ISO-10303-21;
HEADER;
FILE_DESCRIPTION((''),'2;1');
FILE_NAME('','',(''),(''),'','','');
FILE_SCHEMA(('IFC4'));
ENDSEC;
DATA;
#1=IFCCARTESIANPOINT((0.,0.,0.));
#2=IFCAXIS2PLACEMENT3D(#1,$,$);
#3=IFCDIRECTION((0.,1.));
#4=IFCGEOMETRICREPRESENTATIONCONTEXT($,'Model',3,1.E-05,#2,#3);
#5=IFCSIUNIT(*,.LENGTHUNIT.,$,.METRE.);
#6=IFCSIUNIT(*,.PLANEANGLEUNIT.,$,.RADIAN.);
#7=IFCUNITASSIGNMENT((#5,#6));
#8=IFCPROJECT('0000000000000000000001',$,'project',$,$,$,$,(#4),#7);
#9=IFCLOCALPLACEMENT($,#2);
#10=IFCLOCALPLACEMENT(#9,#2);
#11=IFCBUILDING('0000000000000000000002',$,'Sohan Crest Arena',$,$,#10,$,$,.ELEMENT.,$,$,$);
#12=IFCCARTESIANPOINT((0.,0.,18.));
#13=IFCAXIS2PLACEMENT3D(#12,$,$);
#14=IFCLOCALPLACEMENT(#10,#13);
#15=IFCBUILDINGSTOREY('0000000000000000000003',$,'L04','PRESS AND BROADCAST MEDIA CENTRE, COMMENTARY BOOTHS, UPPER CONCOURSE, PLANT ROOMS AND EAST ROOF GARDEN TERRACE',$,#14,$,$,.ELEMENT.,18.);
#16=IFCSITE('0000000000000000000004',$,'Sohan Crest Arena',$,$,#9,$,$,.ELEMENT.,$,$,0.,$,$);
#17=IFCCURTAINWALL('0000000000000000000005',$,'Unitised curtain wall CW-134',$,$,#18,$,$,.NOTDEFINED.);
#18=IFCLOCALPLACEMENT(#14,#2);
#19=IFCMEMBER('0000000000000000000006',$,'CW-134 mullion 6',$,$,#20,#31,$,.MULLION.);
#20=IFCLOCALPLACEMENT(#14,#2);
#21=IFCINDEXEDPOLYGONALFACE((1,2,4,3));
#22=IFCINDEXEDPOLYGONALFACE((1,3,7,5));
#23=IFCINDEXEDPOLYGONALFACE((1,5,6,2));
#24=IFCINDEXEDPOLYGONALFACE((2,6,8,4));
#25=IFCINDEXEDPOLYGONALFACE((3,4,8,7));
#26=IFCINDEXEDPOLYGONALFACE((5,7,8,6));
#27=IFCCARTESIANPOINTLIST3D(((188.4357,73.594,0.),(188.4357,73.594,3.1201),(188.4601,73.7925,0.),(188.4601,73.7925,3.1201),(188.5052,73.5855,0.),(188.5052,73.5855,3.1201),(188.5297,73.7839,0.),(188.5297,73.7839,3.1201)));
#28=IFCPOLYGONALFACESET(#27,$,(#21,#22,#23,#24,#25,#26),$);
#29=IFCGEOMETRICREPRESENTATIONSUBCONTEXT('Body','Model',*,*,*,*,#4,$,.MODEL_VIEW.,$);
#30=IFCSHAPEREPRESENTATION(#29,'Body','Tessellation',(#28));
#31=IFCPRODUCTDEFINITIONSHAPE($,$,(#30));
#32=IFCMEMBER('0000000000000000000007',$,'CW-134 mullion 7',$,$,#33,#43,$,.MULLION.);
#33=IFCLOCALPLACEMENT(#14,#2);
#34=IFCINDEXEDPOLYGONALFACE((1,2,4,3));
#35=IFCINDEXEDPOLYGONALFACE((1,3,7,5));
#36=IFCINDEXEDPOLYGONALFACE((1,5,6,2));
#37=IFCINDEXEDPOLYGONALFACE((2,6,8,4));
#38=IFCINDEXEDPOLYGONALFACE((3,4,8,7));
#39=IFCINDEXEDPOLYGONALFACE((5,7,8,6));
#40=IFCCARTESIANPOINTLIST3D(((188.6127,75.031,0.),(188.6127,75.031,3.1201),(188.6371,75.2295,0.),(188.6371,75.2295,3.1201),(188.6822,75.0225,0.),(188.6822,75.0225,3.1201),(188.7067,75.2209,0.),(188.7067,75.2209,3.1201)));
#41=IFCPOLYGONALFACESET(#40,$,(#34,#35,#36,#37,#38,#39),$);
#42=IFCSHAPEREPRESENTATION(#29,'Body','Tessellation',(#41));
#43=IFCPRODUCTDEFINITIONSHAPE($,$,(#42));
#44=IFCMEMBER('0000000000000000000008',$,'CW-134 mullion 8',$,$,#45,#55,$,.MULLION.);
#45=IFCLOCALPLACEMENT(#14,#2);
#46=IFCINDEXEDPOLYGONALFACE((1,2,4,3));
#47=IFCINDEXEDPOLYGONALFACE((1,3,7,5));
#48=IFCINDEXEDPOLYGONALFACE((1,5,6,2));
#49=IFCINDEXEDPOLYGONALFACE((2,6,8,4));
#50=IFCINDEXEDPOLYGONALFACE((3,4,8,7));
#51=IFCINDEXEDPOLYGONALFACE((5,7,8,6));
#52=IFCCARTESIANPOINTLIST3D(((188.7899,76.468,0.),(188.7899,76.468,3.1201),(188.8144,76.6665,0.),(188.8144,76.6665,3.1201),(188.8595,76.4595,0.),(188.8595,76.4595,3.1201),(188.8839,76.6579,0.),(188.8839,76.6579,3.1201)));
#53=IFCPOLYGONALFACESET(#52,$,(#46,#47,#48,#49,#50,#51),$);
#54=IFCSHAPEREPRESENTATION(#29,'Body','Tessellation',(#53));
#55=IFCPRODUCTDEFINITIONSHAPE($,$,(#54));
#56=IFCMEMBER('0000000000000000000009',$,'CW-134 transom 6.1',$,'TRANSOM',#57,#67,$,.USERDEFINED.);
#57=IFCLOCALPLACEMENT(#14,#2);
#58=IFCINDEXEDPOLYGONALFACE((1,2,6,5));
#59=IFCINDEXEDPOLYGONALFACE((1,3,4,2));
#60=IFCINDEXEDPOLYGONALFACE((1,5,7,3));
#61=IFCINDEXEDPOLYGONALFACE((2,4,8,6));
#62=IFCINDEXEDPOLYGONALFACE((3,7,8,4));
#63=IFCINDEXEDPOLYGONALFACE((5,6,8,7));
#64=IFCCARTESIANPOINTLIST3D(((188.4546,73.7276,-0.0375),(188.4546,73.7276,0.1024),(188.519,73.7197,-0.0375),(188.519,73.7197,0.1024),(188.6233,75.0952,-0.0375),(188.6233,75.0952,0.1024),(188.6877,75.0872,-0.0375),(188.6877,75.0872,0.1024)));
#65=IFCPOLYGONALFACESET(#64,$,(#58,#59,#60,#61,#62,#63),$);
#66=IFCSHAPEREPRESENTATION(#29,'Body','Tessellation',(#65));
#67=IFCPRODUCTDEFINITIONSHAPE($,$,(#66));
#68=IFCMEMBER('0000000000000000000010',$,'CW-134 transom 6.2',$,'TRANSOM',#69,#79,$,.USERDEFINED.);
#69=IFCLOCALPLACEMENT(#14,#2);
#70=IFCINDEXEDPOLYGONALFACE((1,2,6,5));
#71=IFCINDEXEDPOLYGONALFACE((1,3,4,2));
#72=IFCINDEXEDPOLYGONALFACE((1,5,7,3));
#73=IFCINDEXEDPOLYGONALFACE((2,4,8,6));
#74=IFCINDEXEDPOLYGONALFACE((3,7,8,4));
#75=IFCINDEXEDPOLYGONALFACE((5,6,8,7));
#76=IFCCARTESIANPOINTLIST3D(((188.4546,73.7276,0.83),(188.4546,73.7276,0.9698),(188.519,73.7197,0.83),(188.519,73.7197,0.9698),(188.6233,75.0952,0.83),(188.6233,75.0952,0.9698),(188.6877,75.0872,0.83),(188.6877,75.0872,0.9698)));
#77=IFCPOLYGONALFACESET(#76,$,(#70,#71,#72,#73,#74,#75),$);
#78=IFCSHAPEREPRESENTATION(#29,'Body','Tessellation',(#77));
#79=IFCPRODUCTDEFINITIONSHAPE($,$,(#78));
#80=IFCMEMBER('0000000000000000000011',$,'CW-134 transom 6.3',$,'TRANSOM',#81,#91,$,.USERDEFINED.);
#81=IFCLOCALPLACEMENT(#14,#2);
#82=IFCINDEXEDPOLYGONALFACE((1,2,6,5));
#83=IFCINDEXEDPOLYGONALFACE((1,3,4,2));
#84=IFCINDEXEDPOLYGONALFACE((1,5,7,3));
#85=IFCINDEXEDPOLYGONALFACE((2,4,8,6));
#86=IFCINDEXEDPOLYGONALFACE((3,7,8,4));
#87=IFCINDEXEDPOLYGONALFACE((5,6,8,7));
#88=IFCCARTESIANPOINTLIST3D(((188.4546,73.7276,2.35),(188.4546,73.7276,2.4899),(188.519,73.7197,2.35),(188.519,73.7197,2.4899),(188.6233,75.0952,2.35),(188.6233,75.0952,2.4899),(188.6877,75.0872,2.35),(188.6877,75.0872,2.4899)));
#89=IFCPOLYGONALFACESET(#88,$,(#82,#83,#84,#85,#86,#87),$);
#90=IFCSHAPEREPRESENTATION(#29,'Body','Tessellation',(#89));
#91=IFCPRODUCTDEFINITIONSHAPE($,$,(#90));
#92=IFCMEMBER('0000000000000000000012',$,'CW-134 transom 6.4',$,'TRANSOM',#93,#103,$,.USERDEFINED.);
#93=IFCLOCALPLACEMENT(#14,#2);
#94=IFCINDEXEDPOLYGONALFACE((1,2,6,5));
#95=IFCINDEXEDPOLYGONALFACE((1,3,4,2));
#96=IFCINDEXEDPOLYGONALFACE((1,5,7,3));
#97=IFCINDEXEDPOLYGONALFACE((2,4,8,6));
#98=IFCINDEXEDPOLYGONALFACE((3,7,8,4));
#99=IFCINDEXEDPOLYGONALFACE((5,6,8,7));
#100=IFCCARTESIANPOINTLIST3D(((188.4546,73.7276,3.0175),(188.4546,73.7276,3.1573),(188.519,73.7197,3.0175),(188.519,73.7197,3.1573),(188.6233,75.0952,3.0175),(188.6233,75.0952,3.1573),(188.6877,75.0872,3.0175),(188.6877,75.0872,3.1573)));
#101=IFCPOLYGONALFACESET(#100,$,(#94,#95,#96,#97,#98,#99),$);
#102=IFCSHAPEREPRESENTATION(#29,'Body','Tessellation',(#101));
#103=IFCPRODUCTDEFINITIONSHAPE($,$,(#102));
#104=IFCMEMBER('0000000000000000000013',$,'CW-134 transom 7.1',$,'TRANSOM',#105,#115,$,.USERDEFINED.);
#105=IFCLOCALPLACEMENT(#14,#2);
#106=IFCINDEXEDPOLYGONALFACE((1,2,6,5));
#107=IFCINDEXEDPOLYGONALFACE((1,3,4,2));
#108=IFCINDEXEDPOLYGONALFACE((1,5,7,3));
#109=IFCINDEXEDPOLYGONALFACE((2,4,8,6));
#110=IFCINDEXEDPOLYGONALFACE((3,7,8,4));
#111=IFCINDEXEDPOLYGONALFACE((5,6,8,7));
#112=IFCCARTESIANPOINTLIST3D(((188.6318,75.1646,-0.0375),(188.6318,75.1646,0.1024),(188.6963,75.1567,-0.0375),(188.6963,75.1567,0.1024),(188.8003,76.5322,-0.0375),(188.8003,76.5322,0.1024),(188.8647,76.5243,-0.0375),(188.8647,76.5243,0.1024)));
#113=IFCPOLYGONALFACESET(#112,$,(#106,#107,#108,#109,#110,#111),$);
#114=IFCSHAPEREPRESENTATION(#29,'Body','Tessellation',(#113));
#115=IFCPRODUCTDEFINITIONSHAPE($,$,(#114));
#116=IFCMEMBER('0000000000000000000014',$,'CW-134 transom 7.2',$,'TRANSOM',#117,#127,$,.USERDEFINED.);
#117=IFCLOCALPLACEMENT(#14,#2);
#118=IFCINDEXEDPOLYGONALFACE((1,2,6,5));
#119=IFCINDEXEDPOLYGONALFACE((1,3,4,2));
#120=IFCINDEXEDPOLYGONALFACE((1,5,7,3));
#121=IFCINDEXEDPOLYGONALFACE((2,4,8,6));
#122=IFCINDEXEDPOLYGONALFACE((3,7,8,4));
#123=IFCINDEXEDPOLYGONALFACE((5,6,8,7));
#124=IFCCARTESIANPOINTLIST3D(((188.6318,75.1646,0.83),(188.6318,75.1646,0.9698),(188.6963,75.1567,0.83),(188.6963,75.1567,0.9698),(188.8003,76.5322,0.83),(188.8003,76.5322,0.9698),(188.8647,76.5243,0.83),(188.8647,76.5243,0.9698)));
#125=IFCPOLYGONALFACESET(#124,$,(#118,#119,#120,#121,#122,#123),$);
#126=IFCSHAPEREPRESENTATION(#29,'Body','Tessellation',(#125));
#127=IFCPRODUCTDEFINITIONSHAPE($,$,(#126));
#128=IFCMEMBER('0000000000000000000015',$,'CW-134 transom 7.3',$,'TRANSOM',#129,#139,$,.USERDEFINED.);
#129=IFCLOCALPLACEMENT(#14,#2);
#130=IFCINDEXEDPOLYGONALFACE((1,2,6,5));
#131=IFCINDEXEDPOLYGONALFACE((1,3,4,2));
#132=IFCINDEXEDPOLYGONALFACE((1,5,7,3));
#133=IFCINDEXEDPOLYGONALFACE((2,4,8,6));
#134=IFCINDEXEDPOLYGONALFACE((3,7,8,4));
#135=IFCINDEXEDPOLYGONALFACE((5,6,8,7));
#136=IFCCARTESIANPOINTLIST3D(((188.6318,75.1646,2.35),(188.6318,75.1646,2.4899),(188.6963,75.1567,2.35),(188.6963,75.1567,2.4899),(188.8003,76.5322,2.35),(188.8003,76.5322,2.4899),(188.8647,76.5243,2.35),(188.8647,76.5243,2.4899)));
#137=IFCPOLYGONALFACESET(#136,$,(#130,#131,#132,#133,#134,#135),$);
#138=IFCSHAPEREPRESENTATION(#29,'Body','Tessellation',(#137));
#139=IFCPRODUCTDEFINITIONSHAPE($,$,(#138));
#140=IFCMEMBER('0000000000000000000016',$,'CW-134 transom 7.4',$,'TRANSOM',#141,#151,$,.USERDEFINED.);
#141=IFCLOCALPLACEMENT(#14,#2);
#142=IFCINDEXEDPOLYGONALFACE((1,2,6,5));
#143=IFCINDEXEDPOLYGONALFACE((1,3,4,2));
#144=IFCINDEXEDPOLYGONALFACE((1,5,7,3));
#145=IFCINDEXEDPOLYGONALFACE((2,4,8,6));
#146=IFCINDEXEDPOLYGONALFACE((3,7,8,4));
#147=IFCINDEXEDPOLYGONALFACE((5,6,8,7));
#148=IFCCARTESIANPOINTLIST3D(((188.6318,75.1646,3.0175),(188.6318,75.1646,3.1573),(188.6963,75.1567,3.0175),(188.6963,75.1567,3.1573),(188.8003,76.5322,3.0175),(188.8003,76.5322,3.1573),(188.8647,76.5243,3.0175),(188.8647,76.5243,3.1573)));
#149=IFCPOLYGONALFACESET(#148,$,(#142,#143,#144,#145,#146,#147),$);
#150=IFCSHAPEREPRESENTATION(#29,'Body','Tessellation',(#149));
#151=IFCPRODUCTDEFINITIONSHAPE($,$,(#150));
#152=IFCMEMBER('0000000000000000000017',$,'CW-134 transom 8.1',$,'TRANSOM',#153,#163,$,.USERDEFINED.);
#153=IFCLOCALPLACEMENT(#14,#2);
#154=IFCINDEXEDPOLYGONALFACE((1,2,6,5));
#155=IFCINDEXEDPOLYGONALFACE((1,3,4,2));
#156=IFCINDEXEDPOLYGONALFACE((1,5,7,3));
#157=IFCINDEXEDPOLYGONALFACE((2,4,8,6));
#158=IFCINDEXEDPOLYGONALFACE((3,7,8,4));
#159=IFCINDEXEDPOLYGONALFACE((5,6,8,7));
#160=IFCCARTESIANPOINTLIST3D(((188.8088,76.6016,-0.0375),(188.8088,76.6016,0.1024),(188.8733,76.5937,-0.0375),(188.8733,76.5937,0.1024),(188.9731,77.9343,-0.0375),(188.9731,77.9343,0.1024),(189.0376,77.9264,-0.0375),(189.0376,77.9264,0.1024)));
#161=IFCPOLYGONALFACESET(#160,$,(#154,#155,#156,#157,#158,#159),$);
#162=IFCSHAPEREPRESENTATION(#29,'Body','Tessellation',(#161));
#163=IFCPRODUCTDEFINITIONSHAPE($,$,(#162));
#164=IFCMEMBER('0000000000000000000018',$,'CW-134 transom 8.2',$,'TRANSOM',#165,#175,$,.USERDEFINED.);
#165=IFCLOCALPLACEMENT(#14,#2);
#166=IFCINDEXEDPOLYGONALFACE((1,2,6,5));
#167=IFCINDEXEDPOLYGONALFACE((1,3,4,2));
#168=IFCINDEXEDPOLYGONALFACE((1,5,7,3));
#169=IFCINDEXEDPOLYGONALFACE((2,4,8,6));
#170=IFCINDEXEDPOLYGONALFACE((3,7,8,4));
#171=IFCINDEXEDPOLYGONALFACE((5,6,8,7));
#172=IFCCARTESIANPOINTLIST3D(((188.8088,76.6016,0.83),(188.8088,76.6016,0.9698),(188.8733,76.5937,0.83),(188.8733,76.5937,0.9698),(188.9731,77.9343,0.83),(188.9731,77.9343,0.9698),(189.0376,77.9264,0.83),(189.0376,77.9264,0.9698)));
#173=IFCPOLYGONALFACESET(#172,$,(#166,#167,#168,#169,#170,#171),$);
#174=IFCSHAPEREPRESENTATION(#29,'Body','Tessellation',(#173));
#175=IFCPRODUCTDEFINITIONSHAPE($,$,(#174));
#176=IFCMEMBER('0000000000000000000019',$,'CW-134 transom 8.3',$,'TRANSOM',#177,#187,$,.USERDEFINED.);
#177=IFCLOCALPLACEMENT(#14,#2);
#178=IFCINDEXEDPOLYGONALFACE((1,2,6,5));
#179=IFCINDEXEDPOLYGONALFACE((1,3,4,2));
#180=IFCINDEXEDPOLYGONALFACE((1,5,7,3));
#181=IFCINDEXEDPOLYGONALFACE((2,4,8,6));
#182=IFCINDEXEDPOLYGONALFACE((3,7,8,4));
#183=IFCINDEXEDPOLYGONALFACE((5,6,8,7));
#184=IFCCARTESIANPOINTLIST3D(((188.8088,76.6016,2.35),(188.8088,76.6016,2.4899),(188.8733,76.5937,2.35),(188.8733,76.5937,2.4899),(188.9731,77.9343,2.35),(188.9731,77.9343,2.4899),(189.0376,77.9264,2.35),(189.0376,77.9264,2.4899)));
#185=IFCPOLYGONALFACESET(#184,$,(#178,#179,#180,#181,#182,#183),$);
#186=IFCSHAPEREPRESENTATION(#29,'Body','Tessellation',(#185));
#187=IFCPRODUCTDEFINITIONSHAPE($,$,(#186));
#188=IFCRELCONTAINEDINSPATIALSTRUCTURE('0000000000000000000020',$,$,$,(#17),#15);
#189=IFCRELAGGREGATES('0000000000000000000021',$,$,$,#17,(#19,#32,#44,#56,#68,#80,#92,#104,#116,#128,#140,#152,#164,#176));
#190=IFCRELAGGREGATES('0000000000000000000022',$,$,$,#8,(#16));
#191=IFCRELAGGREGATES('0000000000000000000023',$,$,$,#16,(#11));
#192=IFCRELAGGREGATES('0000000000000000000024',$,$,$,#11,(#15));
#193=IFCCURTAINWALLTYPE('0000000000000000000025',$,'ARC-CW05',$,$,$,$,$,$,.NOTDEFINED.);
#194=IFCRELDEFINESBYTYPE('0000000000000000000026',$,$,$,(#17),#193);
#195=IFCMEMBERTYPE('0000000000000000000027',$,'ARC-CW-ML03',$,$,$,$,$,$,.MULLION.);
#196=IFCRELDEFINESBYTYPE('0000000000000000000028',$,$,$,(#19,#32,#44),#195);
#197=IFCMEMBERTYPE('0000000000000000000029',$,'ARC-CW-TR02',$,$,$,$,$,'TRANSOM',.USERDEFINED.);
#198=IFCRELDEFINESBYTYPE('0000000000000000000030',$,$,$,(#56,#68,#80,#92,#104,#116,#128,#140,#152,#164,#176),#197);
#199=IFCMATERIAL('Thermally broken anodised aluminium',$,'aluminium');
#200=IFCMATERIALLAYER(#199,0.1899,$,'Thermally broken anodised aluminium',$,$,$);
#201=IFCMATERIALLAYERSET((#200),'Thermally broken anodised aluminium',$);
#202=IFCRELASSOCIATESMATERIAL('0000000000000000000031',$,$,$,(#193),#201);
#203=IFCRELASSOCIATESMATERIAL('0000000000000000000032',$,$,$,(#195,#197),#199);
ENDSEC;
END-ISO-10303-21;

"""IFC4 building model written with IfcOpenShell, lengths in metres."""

from ifc_helpers import new_model, si_unit, direction, frame, origin, origin_2d, place, context, subcontext, project, spatial, rectangle, extrude, material, layer, layer_set, material_profile, profile_set, type_object, element, aggregate, save


model = new_model("IFC4")

# Units and contexts
model_context = context("Model", 3, precision=1e-05, world=origin(), true_north=direction((0.0, 1.0)))
body_context = subcontext(model_context, "Body", "Model", "MODEL_VIEW")
ifc_project = project(units=[si_unit("LENGTHUNIT", "METRE"), si_unit("PLANEANGLEUNIT", "RADIAN")], contexts=[model_context])

# Site, building, storey
site_placement = place(None, origin())
site = spatial("IfcSite", under=ifc_project, at=site_placement, Name="Sohan Crest Arena", CompositionType="ELEMENT", RefElevation=0.0)
building_placement = place(site_placement, origin())
building = spatial("IfcBuilding", under=site, at=building_placement, Name="Sohan Crest Arena", CompositionType="ELEMENT")
storey_placement = place(building_placement, frame((0.0, 0.0, 18.0)))
storey = spatial("IfcBuildingStorey", under=building, at=storey_placement, Name="L04", Description="PRESS AND BROADCAST MEDIA CENTRE, COMMENTARY BOOTHS, UPPER CONCOURSE, PLANT ROOMS AND EAST ROOF GARDEN TERRACE", CompositionType="ELEMENT", Elevation=18.0)

# Curtain wall, members
ifc_material_1 = material(Name="Thermally broken anodised aluminium", Category="aluminium")
ifc_layer_1 = layer(ifc_material_1, 0.1899, Name="Thermally broken anodised aluminium")
ifc_layer_set_1 = layer_set([ifc_layer_1], Name="Thermally broken anodised aluminium")
curtain_wall_type = type_object("IfcCurtainWallType", Name="ARC-CW05", PredefinedType="NOTDEFINED", material=ifc_layer_set_1)
curtain_wall_placement = place(storey_placement, origin())
curtain_wall = element("IfcCurtainWall", 1, at=curtain_wall_placement, inside=storey, type_object=curtain_wall_type, Name="Unitised curtain wall CW-134", PredefinedType="NOTDEFINED")
ifc_material_profile_1 = material_profile(ifc_material_1, rectangle(XDim=0.0701, YDim=0.2, at=origin_2d()), Name="ALU-MULL 70x200")
ifc_profile_set_1 = profile_set([ifc_material_profile_1], Name="Thermally broken anodised aluminium")
member_type_1 = type_object("IfcMemberType", Name="ARC-CW-ML03", PredefinedType="MULLION", material=ifc_profile_set_1)
member_1_placement = place(storey_placement, frame((188.4827, 73.689, 0.0), z_axis=(0.0, 0.0, 1.0), x_axis=(-0.992489, 0.122334, 0.0)))
member_1 = element("IfcMember", 2, at=member_1_placement, type_object=member_type_1, Name="CW-134 mullion 6", PredefinedType="MULLION", context=body_context, shape_type="SweptSolid", body=[
    extrude(rectangle(XDim=0.0701, YDim=0.2, at=origin_2d()), origin(), (0.0, 0.0, 1.0), 3.1201),
])
member_2_placement = place(storey_placement, frame((188.6597, 75.126, 0.0), z_axis=(0.0, 0.0, 1.0), x_axis=(-0.992489, 0.122334, 0.0)))
member_2 = element("IfcMember", 3, at=member_2_placement, type_object=member_type_1, Name="CW-134 mullion 7", PredefinedType="MULLION", context=body_context, shape_type="SweptSolid", body=[
    extrude(rectangle(XDim=0.0701, YDim=0.2, at=origin_2d()), origin(), (0.0, 0.0, 1.0), 3.1201),
])
member_3_placement = place(storey_placement, frame((188.8369, 76.563, 0.0), z_axis=(0.0, 0.0, 1.0), x_axis=(-0.992489, 0.122334, 0.0)))
member_3 = element("IfcMember", 4, at=member_3_placement, type_object=member_type_1, Name="CW-134 mullion 8", PredefinedType="MULLION", context=body_context, shape_type="SweptSolid", body=[
    extrude(rectangle(XDim=0.0701, YDim=0.2, at=origin_2d()), origin(), (0.0, 0.0, 1.0), 3.1201),
])
ifc_material_profile_2 = material_profile(ifc_material_1, rectangle(XDim=0.0649, YDim=0.1399, at=origin_2d()), Name="ALU-TRAN 65x140")
ifc_profile_set_2 = profile_set([ifc_material_profile_2], Name="Thermally broken anodised aluminium")
member_type_2 = type_object("IfcMemberType", Name="ARC-CW-TR02", ElementType="TRANSOM", PredefinedType="USERDEFINED", material=ifc_profile_set_2)
member_4_placement = place(storey_placement, frame((188.4868, 73.7236, 0.0325), z_axis=(0.122421, 0.992478, 0.0), x_axis=(-0.992478, 0.122421, 0.0)))
member_4 = element("IfcMember", 5, at=member_4_placement, type_object=member_type_2, Name="CW-134 transom 6.1", ObjectType="TRANSOM", PredefinedType="USERDEFINED", context=body_context, shape_type="SweptSolid", body=[
    extrude(rectangle(XDim=0.0649, YDim=0.1399, at=origin_2d()), origin(), (0.0, 0.0, 1.0), 1.3779),
])
member_5_placement = place(storey_placement, frame((188.4868, 73.7236, 0.8999), z_axis=(0.122421, 0.992478, 0.0), x_axis=(-0.992478, 0.122421, 0.0)))
member_5 = element("IfcMember", 6, at=member_5_placement, type_object=member_type_2, Name="CW-134 transom 6.2", ObjectType="TRANSOM", PredefinedType="USERDEFINED", context=body_context, shape_type="SweptSolid", body=[
    extrude(rectangle(XDim=0.0649, YDim=0.1399, at=origin_2d()), origin(), (0.0, 0.0, 1.0), 1.3779),
])
member_6_placement = place(storey_placement, frame((188.4868, 73.7236, 2.4199), z_axis=(0.122421, 0.992478, 0.0), x_axis=(-0.992478, 0.122421, 0.0)))
member_6 = element("IfcMember", 7, at=member_6_placement, type_object=member_type_2, Name="CW-134 transom 6.3", ObjectType="TRANSOM", PredefinedType="USERDEFINED", context=body_context, shape_type="SweptSolid", body=[
    extrude(rectangle(XDim=0.0649, YDim=0.1399, at=origin_2d()), origin(), (0.0, 0.0, 1.0), 1.3779),
])
member_7_placement = place(storey_placement, frame((188.4868, 73.7236, 3.0874), z_axis=(0.122421, 0.992478, 0.0), x_axis=(-0.992478, 0.122421, 0.0)))
member_7 = element("IfcMember", 8, at=member_7_placement, type_object=member_type_2, Name="CW-134 transom 6.4", ObjectType="TRANSOM", PredefinedType="USERDEFINED", context=body_context, shape_type="SweptSolid", body=[
    extrude(rectangle(XDim=0.0649, YDim=0.1399, at=origin_2d()), origin(), (0.0, 0.0, 1.0), 1.3779),
])
member_8_placement = place(storey_placement, frame((188.6641, 75.1606, 0.0325), z_axis=(0.122246, 0.9925, 0.0), x_axis=(-0.9925, 0.122246, 0.0)))
member_8 = element("IfcMember", 9, at=member_8_placement, type_object=member_type_2, Name="CW-134 transom 7.1", ObjectType="TRANSOM", PredefinedType="USERDEFINED", context=body_context, shape_type="SweptSolid", body=[
    extrude(rectangle(XDim=0.0649, YDim=0.1399, at=origin_2d()), origin(), (0.0, 0.0, 1.0), 1.3779),
])
member_9_placement = place(storey_placement, frame((188.6641, 75.1606, 0.8999), z_axis=(0.122246, 0.9925, 0.0), x_axis=(-0.9925, 0.122246, 0.0)))
member_9 = element("IfcMember", 10, at=member_9_placement, type_object=member_type_2, Name="CW-134 transom 7.2", ObjectType="TRANSOM", PredefinedType="USERDEFINED", context=body_context, shape_type="SweptSolid", body=[
    extrude(rectangle(XDim=0.0649, YDim=0.1399, at=origin_2d()), origin(), (0.0, 0.0, 1.0), 1.3779),
])
member_10_placement = place(storey_placement, frame((188.6641, 75.1606, 2.4199), z_axis=(0.122246, 0.9925, 0.0), x_axis=(-0.9925, 0.122246, 0.0)))
member_10 = element("IfcMember", 11, at=member_10_placement, type_object=member_type_2, Name="CW-134 transom 7.3", ObjectType="TRANSOM", PredefinedType="USERDEFINED", context=body_context, shape_type="SweptSolid", body=[
    extrude(rectangle(XDim=0.0649, YDim=0.1399, at=origin_2d()), origin(), (0.0, 0.0, 1.0), 1.3779),
])
member_11_placement = place(storey_placement, frame((188.6641, 75.1606, 3.0874), z_axis=(0.122246, 0.9925, 0.0), x_axis=(-0.9925, 0.122246, 0.0)))
member_11 = element("IfcMember", 12, at=member_11_placement, type_object=member_type_2, Name="CW-134 transom 7.4", ObjectType="TRANSOM", PredefinedType="USERDEFINED", context=body_context, shape_type="SweptSolid", body=[
    extrude(rectangle(XDim=0.0649, YDim=0.1399, at=origin_2d()), origin(), (0.0, 0.0, 1.0), 1.3779),
])
member_12_placement = place(storey_placement, frame((188.8411, 76.5977, 0.0325), z_axis=(0.122356, 0.992486, 0.0), x_axis=(-0.992486, 0.122356, 0.0)))
member_12 = element("IfcMember", 13, at=member_12_placement, type_object=member_type_2, Name="CW-134 transom 8.1", ObjectType="TRANSOM", PredefinedType="USERDEFINED", context=body_context, shape_type="SweptSolid", body=[
    extrude(rectangle(XDim=0.0649, YDim=0.1399, at=origin_2d()), origin(), (0.0, 0.0, 1.0), 1.3428),
])
member_13_placement = place(storey_placement, frame((188.8411, 76.5977, 0.8999), z_axis=(0.122356, 0.992486, 0.0), x_axis=(-0.992486, 0.122356, 0.0)))
member_13 = element("IfcMember", 14, at=member_13_placement, type_object=member_type_2, Name="CW-134 transom 8.2", ObjectType="TRANSOM", PredefinedType="USERDEFINED", context=body_context, shape_type="SweptSolid", body=[
    extrude(rectangle(XDim=0.0649, YDim=0.1399, at=origin_2d()), origin(), (0.0, 0.0, 1.0), 1.3428),
])
member_14_placement = place(storey_placement, frame((188.8411, 76.5977, 2.4199), z_axis=(0.122356, 0.992486, 0.0), x_axis=(-0.992486, 0.122356, 0.0)))
member_14 = element("IfcMember", 15, at=member_14_placement, type_object=member_type_2, Name="CW-134 transom 8.3", ObjectType="TRANSOM", PredefinedType="USERDEFINED", context=body_context, shape_type="SweptSolid", body=[
    extrude(rectangle(XDim=0.0649, YDim=0.1399, at=origin_2d()), origin(), (0.0, 0.0, 1.0), 1.3428),
])
aggregate(curtain_wall, [member_1, member_2, member_3, member_4, member_5, member_6, member_7, member_8, member_9, member_10, member_11, member_12, member_13, member_14])

save(model, "model.ifc")
